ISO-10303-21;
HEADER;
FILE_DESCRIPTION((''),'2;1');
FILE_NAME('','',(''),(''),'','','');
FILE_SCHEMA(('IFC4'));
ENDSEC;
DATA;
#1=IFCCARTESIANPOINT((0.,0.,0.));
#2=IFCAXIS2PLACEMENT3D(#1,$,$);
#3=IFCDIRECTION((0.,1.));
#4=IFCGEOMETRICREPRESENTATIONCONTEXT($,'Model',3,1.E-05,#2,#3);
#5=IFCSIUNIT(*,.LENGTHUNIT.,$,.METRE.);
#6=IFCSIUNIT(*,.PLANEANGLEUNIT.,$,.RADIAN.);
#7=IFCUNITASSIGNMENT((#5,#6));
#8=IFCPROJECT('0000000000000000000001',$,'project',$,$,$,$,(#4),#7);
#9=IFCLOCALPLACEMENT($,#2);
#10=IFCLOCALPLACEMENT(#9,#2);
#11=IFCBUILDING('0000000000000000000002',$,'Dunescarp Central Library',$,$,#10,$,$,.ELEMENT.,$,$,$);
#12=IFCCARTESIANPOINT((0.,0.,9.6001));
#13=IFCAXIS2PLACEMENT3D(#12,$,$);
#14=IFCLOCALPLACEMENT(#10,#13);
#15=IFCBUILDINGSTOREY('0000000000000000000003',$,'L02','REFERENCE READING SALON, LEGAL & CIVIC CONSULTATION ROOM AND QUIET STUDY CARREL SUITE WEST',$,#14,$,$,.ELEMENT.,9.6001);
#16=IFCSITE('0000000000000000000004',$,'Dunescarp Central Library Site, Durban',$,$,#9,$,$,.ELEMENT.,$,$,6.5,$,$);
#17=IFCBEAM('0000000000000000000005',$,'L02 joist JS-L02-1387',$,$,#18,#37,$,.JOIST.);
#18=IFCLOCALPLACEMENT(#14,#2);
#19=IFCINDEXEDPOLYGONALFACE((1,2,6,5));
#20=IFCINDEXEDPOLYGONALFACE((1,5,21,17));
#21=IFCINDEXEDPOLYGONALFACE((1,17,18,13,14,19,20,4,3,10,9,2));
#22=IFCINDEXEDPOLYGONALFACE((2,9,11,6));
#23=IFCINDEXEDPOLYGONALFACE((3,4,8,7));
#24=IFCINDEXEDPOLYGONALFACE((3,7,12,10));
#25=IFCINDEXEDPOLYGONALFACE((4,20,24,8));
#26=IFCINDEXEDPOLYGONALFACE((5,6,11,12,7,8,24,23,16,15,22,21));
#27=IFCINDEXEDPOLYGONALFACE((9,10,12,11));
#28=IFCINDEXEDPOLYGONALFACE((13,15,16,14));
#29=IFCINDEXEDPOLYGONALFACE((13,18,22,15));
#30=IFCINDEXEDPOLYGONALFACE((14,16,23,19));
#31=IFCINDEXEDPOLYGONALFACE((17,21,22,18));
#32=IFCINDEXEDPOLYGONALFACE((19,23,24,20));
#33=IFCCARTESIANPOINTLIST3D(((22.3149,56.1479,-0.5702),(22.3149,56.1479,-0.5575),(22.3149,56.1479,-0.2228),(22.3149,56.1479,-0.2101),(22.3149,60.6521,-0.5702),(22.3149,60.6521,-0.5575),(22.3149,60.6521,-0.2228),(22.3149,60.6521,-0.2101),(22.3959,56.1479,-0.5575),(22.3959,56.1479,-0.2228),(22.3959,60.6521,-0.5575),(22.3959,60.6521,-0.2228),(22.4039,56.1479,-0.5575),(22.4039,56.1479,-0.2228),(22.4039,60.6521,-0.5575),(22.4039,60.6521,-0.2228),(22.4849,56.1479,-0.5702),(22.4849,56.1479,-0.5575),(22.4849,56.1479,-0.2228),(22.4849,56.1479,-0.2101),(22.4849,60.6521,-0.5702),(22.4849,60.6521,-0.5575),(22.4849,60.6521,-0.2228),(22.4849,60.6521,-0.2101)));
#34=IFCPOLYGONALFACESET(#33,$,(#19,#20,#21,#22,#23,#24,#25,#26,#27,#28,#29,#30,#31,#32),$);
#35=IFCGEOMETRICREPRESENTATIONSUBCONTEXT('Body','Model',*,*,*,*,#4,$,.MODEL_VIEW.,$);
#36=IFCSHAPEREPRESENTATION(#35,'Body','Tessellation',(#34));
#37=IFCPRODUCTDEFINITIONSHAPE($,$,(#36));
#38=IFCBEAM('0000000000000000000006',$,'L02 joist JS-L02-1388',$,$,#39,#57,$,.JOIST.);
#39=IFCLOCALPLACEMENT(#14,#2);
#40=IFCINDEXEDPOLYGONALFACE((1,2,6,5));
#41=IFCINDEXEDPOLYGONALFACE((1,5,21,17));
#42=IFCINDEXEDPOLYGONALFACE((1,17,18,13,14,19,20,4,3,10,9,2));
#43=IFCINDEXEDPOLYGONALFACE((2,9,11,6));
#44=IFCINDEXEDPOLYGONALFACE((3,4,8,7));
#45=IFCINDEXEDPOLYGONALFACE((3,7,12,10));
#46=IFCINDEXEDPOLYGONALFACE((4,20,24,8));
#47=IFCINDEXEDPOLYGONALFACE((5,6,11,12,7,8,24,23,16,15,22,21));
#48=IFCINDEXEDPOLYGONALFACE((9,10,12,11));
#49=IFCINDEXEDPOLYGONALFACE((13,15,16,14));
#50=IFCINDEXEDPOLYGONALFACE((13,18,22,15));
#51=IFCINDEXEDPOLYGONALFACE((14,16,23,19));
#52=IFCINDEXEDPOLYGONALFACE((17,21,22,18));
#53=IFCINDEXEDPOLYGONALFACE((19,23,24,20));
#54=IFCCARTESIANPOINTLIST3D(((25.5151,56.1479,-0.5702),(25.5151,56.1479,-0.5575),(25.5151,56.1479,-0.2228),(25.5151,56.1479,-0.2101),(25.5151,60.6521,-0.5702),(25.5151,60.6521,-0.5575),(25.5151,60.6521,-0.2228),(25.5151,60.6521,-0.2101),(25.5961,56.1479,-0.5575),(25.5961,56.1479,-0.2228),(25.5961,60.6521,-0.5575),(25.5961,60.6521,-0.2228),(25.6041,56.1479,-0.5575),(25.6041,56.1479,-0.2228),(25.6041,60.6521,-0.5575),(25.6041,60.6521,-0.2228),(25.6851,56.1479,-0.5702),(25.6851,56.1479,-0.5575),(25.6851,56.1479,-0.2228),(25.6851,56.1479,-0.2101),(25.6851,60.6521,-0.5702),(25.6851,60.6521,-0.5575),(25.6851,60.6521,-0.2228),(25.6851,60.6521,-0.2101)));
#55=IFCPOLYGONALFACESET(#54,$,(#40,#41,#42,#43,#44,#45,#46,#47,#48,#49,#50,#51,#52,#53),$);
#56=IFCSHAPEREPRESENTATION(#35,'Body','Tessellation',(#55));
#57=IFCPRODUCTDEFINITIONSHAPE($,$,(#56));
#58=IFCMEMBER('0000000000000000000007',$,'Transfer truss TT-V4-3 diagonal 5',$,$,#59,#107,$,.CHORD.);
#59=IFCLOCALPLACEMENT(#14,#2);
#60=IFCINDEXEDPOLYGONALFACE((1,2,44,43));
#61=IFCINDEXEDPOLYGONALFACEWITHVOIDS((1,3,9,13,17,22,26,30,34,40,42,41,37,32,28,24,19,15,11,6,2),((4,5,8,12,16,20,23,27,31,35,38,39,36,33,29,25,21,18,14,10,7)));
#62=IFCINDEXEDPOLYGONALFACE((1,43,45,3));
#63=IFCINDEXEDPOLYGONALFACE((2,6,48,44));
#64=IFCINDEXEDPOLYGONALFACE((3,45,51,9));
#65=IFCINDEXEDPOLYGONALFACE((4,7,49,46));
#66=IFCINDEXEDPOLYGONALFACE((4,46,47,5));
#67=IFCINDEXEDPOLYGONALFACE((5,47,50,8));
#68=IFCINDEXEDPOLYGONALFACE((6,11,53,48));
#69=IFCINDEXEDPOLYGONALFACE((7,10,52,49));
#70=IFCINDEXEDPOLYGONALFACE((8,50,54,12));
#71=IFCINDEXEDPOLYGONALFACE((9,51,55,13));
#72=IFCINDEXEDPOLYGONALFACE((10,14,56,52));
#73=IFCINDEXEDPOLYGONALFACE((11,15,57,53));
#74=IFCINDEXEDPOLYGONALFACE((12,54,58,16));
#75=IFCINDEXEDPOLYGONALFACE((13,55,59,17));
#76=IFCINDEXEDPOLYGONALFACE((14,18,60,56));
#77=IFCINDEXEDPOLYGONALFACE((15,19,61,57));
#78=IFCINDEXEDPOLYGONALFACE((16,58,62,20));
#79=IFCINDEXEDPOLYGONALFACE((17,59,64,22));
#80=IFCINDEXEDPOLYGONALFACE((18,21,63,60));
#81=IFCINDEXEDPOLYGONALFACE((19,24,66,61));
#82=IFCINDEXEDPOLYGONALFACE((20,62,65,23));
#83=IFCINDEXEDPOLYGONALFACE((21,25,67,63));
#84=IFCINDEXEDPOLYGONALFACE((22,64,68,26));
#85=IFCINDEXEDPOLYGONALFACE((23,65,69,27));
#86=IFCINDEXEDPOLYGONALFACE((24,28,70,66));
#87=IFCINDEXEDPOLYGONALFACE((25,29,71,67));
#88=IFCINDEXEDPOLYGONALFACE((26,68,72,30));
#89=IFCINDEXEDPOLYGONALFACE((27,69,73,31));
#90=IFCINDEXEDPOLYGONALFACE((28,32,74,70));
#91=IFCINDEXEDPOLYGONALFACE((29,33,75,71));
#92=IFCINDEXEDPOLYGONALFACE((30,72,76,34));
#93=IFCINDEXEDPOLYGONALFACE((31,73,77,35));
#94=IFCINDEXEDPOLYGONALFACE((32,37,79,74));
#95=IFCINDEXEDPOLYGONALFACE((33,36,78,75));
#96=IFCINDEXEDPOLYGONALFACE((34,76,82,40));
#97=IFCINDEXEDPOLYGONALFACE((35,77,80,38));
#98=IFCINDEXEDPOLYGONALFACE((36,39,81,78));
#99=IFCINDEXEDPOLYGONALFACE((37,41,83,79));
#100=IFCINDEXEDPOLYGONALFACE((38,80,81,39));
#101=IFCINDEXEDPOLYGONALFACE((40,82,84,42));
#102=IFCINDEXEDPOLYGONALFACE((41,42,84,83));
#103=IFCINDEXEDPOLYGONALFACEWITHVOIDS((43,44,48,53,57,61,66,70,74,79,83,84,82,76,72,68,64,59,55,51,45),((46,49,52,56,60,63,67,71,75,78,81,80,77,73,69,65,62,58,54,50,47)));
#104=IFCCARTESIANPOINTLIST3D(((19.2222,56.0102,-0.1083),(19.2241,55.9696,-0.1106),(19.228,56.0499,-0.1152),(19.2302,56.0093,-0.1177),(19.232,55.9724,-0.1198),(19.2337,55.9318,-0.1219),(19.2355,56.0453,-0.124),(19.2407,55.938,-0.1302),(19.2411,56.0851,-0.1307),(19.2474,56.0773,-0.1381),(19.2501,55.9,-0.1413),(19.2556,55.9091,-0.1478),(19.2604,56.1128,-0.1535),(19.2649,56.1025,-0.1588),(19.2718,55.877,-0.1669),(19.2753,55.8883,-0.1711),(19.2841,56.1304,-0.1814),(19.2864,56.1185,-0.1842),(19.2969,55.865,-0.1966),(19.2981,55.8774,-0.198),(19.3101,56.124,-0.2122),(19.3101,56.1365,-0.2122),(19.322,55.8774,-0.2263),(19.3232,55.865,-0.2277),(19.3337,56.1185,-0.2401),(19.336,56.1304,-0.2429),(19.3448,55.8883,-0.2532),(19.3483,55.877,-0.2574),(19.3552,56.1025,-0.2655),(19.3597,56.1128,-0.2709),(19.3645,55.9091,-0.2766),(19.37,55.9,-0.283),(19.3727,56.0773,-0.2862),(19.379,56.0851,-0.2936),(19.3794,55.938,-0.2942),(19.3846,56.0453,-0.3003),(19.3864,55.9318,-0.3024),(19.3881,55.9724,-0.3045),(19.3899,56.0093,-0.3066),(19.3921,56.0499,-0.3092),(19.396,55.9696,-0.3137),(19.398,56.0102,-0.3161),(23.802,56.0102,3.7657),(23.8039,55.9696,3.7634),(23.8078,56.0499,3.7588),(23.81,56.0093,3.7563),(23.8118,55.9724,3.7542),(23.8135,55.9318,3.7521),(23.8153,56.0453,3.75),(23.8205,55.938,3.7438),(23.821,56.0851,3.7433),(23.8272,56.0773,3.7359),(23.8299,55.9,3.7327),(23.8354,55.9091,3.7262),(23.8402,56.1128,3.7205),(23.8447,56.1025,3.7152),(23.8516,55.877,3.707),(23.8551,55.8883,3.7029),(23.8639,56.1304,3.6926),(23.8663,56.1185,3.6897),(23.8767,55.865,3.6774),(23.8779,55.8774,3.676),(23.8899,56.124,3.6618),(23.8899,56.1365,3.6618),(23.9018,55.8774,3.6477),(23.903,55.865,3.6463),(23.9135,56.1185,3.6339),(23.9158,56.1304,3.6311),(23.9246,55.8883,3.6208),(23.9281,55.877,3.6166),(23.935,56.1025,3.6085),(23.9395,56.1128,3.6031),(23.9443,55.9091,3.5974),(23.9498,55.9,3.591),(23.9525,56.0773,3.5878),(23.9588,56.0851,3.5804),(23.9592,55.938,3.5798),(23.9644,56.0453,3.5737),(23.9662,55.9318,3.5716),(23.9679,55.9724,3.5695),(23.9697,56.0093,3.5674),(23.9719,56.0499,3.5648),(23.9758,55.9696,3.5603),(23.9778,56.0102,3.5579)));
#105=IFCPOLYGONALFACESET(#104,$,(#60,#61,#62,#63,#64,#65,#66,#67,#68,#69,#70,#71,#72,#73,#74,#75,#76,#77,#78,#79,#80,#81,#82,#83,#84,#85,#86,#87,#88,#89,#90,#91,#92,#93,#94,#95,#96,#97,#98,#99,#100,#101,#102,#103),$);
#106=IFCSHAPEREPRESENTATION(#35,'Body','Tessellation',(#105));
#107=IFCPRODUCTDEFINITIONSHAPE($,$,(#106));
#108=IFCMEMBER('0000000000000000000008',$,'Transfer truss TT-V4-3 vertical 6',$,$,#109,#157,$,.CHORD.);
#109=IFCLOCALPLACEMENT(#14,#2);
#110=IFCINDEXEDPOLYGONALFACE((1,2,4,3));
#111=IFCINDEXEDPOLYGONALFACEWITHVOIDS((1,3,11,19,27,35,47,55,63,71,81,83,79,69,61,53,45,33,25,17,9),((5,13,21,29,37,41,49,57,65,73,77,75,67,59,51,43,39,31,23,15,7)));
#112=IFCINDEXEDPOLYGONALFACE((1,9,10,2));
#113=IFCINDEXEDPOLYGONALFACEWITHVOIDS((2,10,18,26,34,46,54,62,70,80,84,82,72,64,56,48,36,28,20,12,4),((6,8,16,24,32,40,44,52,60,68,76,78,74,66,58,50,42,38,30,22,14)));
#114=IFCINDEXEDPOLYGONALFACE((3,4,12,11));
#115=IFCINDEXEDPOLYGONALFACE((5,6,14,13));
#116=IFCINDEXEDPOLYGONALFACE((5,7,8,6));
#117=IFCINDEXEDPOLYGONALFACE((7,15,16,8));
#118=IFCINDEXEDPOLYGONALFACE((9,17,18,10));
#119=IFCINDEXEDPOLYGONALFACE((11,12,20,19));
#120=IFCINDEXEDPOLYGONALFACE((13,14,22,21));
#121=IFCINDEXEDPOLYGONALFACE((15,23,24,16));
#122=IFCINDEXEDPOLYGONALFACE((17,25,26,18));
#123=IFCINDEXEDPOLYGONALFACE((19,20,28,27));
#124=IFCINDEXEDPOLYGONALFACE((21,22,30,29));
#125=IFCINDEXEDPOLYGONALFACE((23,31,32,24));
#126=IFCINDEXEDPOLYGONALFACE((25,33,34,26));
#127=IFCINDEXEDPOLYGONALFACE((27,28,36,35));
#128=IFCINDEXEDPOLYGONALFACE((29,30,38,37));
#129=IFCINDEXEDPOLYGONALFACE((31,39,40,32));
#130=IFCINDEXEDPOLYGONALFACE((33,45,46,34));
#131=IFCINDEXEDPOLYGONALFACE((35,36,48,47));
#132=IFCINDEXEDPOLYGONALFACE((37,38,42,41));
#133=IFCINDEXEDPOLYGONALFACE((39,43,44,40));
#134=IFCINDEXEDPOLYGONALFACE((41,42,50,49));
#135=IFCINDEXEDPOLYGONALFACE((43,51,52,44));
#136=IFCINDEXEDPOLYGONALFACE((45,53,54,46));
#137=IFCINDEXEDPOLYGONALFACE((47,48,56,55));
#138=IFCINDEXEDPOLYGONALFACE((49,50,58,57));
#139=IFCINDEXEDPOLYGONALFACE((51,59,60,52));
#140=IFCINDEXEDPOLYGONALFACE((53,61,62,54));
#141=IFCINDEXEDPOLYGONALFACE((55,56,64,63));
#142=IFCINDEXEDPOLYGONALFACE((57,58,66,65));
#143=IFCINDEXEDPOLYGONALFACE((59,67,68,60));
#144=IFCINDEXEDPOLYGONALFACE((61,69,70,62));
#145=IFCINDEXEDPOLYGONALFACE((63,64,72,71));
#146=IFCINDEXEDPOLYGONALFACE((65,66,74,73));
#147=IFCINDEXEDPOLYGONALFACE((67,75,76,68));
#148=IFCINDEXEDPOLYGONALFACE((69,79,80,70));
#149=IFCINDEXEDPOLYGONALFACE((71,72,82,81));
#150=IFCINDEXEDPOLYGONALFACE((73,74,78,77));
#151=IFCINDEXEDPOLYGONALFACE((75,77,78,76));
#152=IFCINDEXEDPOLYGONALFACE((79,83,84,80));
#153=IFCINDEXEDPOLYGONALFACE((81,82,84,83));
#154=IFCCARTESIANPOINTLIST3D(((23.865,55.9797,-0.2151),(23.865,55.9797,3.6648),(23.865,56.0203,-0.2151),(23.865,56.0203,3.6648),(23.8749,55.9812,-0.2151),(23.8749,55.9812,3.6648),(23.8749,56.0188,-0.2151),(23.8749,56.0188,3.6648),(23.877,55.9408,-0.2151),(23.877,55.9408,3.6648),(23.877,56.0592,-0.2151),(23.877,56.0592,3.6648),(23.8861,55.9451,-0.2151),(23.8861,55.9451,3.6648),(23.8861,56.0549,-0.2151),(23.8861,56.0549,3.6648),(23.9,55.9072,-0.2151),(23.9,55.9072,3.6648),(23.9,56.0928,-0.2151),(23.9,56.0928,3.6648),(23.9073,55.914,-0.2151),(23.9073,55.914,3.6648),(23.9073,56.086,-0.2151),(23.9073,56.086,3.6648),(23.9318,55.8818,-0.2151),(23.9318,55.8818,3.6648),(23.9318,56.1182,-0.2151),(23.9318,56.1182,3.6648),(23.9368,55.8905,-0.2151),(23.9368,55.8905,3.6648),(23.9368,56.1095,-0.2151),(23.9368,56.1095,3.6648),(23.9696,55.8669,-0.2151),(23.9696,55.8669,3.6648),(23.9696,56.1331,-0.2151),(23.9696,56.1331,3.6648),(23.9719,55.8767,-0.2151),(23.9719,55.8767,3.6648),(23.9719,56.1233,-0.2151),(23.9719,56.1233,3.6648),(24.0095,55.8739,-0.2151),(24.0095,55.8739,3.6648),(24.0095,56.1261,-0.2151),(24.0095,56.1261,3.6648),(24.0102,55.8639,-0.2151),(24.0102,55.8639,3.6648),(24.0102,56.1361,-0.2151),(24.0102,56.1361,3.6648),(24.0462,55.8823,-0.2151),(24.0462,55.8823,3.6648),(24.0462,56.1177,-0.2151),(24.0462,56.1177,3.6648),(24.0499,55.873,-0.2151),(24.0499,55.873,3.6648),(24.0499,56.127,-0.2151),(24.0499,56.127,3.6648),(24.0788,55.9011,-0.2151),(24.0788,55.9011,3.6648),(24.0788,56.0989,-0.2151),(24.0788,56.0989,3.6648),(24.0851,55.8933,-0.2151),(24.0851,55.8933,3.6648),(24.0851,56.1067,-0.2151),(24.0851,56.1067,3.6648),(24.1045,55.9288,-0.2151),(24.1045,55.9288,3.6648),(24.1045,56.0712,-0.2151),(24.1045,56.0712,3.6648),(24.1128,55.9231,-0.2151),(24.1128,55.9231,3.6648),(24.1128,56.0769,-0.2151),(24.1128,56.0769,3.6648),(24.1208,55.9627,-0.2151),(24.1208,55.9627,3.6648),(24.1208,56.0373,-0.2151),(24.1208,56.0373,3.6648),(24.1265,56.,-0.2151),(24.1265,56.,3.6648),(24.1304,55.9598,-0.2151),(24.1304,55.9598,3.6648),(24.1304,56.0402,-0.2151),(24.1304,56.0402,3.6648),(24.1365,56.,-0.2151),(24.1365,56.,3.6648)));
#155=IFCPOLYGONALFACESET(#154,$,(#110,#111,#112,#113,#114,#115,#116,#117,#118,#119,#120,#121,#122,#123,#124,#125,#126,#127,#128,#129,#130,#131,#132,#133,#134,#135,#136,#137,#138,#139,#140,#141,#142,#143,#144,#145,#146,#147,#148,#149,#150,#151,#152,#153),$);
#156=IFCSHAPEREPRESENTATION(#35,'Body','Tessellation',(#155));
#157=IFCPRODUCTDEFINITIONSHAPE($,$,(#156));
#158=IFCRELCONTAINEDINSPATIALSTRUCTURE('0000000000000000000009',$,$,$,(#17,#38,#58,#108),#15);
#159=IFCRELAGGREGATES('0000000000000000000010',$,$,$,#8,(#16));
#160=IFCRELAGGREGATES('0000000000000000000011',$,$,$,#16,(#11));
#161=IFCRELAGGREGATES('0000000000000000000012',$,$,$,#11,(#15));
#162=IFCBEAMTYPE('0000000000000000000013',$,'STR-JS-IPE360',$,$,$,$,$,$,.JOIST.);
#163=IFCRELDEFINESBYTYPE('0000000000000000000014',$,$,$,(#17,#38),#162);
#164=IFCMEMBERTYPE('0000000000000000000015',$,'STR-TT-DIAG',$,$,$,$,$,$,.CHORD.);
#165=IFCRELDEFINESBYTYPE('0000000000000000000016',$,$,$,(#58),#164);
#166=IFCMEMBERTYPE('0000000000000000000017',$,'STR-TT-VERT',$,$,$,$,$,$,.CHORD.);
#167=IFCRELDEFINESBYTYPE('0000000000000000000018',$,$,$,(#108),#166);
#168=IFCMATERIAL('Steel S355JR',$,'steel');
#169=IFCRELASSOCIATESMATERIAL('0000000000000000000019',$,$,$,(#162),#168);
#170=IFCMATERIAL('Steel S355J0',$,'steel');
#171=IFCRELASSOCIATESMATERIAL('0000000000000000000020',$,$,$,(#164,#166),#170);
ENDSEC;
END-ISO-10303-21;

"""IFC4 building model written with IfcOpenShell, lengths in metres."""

from ifc_helpers import new_model, si_unit, direction, frame, origin, origin_2d, place, context, subcontext, project, spatial, hollow_circle, i_section, extrude, material, material_profile, profile_set, type_object, element, save


model = new_model("IFC4")

# Units and contexts
model_context = context("Model", 3, precision=1e-05, world=origin(), true_north=direction((0.0, 1.0)))
body_context = subcontext(model_context, "Body", "Model", "MODEL_VIEW")
ifc_project = project(units=[si_unit("LENGTHUNIT", "METRE"), si_unit("PLANEANGLEUNIT", "RADIAN")], contexts=[model_context])

# Site, building, storey
site_placement = place(None, origin())
site = spatial("IfcSite", under=ifc_project, at=site_placement, Name="Dunescarp Central Library Site, Durban", CompositionType="ELEMENT", RefElevation=6.5)
building_placement = place(site_placement, origin())
building = spatial("IfcBuilding", under=site, at=building_placement, Name="Dunescarp Central Library", CompositionType="ELEMENT")
storey_placement = place(building_placement, frame((0.0, 0.0, 9.6001)))
storey = spatial("IfcBuildingStorey", under=building, at=storey_placement, Name="L02", Description="REFERENCE READING SALON, LEGAL & CIVIC CONSULTATION ROOM AND QUIET STUDY CARREL SUITE WEST", CompositionType="ELEMENT", Elevation=9.6001)

# Shared definitions
ifc_material_1 = material(Name="Steel S355JR", Category="steel")

# Beams
ifc_material_profile_1 = material_profile(ifc_material_1, i_section(OverallWidth=0.1699, OverallDepth=0.3601, WebThickness=0.0081, FlangeThickness=0.0127, at=origin_2d()), Name="IPE 360")
ifc_profile_set_1 = profile_set([ifc_material_profile_1], Name="Steel S355JR")
beam_type_1 = type_object("IfcBeamType", Name="STR-JS-IPE360", PredefinedType="JOIST", material=ifc_profile_set_1)
for number, where, z_axis, x_axis, name in (
    (1, (22.3999, 56.1479, -0.3901), (0.0, 1.0, 0.0), (-1.0, 0.0, 0.0), "L02 joist JS-L02-1387"),
    (2, (25.6001, 56.1479, -0.3901), (0.0, 1.0, 0.0), (-1.0, 0.0, 0.0), "L02 joist JS-L02-1388"),
):
    element("IfcBeam", number, at=place(storey_placement, frame(where, z_axis=z_axis, x_axis=x_axis)), inside=storey, type_object=beam_type_1, Name=name, PredefinedType="JOIST", context=body_context, shape_type="SweptSolid", body=[
        extrude(i_section(OverallWidth=0.1699, OverallDepth=0.3601, WebThickness=0.0081, FlangeThickness=0.0127, at=origin_2d()), origin(), (0.0, 0.0, 1.0), 4.5042),
    ])

# Members
ifc_material_2 = material(Name="Steel S355J0", Category="steel")
ifc_material_profile_2 = material_profile(ifc_material_2, hollow_circle(Radius=0.1365, WallThickness=0.0125, at=origin_2d()), Name="CHS 273x12.5")
ifc_profile_set_2 = profile_set([ifc_material_profile_2], Name="Steel S355J0")
member_type_1 = type_object("IfcMemberType", Name="STR-TT-DIAG", PredefinedType="CHORD", material=ifc_profile_set_2)
member_placement = place(storey_placement, frame((19.3101, 56.0, -0.2122), z_axis=(0.763487, 0.0, 0.645824), x_axis=(0.0, 1.0, 0.0)))
element("IfcMember", 3, at=member_placement, inside=storey, type_object=member_type_1, Name="Transfer truss TT-V4-3 diagonal 5", PredefinedType="CHORD", context=body_context, shape_type="SweptSolid", body=[
    extrude(hollow_circle(Radius=0.1365, WallThickness=0.0125, at=origin_2d()), origin(), (0.0, 0.0, 1.0), 5.9985),
])
ifc_material_profile_3 = material_profile(ifc_material_2, hollow_circle(Radius=0.1365, WallThickness=0.01, at=origin_2d()), Name="CHS 273x10")
ifc_profile_set_3 = profile_set([ifc_material_profile_3], Name="Steel S355J0")
member_type_2 = type_object("IfcMemberType", Name="STR-TT-VERT", PredefinedType="CHORD", material=ifc_profile_set_3)
for number, where, z_axis, x_axis, name in (
    (4, (24.0, 56.0, -0.2151), (0.0, 0.0, 1.0), (1.0, 0.0, 0.0), "Transfer truss TT-V4-3 vertical 6"),
):
    element("IfcMember", number, at=place(storey_placement, frame(where, z_axis=z_axis, x_axis=x_axis)), inside=storey, type_object=member_type_2, Name=name, PredefinedType="CHORD", context=body_context, shape_type="SweptSolid", body=[
        extrude(hollow_circle(Radius=0.1365, WallThickness=0.01, at=origin_2d()), origin(), (0.0, 0.0, 1.0), 3.8799),
    ])

save(model, "model.ifc")
